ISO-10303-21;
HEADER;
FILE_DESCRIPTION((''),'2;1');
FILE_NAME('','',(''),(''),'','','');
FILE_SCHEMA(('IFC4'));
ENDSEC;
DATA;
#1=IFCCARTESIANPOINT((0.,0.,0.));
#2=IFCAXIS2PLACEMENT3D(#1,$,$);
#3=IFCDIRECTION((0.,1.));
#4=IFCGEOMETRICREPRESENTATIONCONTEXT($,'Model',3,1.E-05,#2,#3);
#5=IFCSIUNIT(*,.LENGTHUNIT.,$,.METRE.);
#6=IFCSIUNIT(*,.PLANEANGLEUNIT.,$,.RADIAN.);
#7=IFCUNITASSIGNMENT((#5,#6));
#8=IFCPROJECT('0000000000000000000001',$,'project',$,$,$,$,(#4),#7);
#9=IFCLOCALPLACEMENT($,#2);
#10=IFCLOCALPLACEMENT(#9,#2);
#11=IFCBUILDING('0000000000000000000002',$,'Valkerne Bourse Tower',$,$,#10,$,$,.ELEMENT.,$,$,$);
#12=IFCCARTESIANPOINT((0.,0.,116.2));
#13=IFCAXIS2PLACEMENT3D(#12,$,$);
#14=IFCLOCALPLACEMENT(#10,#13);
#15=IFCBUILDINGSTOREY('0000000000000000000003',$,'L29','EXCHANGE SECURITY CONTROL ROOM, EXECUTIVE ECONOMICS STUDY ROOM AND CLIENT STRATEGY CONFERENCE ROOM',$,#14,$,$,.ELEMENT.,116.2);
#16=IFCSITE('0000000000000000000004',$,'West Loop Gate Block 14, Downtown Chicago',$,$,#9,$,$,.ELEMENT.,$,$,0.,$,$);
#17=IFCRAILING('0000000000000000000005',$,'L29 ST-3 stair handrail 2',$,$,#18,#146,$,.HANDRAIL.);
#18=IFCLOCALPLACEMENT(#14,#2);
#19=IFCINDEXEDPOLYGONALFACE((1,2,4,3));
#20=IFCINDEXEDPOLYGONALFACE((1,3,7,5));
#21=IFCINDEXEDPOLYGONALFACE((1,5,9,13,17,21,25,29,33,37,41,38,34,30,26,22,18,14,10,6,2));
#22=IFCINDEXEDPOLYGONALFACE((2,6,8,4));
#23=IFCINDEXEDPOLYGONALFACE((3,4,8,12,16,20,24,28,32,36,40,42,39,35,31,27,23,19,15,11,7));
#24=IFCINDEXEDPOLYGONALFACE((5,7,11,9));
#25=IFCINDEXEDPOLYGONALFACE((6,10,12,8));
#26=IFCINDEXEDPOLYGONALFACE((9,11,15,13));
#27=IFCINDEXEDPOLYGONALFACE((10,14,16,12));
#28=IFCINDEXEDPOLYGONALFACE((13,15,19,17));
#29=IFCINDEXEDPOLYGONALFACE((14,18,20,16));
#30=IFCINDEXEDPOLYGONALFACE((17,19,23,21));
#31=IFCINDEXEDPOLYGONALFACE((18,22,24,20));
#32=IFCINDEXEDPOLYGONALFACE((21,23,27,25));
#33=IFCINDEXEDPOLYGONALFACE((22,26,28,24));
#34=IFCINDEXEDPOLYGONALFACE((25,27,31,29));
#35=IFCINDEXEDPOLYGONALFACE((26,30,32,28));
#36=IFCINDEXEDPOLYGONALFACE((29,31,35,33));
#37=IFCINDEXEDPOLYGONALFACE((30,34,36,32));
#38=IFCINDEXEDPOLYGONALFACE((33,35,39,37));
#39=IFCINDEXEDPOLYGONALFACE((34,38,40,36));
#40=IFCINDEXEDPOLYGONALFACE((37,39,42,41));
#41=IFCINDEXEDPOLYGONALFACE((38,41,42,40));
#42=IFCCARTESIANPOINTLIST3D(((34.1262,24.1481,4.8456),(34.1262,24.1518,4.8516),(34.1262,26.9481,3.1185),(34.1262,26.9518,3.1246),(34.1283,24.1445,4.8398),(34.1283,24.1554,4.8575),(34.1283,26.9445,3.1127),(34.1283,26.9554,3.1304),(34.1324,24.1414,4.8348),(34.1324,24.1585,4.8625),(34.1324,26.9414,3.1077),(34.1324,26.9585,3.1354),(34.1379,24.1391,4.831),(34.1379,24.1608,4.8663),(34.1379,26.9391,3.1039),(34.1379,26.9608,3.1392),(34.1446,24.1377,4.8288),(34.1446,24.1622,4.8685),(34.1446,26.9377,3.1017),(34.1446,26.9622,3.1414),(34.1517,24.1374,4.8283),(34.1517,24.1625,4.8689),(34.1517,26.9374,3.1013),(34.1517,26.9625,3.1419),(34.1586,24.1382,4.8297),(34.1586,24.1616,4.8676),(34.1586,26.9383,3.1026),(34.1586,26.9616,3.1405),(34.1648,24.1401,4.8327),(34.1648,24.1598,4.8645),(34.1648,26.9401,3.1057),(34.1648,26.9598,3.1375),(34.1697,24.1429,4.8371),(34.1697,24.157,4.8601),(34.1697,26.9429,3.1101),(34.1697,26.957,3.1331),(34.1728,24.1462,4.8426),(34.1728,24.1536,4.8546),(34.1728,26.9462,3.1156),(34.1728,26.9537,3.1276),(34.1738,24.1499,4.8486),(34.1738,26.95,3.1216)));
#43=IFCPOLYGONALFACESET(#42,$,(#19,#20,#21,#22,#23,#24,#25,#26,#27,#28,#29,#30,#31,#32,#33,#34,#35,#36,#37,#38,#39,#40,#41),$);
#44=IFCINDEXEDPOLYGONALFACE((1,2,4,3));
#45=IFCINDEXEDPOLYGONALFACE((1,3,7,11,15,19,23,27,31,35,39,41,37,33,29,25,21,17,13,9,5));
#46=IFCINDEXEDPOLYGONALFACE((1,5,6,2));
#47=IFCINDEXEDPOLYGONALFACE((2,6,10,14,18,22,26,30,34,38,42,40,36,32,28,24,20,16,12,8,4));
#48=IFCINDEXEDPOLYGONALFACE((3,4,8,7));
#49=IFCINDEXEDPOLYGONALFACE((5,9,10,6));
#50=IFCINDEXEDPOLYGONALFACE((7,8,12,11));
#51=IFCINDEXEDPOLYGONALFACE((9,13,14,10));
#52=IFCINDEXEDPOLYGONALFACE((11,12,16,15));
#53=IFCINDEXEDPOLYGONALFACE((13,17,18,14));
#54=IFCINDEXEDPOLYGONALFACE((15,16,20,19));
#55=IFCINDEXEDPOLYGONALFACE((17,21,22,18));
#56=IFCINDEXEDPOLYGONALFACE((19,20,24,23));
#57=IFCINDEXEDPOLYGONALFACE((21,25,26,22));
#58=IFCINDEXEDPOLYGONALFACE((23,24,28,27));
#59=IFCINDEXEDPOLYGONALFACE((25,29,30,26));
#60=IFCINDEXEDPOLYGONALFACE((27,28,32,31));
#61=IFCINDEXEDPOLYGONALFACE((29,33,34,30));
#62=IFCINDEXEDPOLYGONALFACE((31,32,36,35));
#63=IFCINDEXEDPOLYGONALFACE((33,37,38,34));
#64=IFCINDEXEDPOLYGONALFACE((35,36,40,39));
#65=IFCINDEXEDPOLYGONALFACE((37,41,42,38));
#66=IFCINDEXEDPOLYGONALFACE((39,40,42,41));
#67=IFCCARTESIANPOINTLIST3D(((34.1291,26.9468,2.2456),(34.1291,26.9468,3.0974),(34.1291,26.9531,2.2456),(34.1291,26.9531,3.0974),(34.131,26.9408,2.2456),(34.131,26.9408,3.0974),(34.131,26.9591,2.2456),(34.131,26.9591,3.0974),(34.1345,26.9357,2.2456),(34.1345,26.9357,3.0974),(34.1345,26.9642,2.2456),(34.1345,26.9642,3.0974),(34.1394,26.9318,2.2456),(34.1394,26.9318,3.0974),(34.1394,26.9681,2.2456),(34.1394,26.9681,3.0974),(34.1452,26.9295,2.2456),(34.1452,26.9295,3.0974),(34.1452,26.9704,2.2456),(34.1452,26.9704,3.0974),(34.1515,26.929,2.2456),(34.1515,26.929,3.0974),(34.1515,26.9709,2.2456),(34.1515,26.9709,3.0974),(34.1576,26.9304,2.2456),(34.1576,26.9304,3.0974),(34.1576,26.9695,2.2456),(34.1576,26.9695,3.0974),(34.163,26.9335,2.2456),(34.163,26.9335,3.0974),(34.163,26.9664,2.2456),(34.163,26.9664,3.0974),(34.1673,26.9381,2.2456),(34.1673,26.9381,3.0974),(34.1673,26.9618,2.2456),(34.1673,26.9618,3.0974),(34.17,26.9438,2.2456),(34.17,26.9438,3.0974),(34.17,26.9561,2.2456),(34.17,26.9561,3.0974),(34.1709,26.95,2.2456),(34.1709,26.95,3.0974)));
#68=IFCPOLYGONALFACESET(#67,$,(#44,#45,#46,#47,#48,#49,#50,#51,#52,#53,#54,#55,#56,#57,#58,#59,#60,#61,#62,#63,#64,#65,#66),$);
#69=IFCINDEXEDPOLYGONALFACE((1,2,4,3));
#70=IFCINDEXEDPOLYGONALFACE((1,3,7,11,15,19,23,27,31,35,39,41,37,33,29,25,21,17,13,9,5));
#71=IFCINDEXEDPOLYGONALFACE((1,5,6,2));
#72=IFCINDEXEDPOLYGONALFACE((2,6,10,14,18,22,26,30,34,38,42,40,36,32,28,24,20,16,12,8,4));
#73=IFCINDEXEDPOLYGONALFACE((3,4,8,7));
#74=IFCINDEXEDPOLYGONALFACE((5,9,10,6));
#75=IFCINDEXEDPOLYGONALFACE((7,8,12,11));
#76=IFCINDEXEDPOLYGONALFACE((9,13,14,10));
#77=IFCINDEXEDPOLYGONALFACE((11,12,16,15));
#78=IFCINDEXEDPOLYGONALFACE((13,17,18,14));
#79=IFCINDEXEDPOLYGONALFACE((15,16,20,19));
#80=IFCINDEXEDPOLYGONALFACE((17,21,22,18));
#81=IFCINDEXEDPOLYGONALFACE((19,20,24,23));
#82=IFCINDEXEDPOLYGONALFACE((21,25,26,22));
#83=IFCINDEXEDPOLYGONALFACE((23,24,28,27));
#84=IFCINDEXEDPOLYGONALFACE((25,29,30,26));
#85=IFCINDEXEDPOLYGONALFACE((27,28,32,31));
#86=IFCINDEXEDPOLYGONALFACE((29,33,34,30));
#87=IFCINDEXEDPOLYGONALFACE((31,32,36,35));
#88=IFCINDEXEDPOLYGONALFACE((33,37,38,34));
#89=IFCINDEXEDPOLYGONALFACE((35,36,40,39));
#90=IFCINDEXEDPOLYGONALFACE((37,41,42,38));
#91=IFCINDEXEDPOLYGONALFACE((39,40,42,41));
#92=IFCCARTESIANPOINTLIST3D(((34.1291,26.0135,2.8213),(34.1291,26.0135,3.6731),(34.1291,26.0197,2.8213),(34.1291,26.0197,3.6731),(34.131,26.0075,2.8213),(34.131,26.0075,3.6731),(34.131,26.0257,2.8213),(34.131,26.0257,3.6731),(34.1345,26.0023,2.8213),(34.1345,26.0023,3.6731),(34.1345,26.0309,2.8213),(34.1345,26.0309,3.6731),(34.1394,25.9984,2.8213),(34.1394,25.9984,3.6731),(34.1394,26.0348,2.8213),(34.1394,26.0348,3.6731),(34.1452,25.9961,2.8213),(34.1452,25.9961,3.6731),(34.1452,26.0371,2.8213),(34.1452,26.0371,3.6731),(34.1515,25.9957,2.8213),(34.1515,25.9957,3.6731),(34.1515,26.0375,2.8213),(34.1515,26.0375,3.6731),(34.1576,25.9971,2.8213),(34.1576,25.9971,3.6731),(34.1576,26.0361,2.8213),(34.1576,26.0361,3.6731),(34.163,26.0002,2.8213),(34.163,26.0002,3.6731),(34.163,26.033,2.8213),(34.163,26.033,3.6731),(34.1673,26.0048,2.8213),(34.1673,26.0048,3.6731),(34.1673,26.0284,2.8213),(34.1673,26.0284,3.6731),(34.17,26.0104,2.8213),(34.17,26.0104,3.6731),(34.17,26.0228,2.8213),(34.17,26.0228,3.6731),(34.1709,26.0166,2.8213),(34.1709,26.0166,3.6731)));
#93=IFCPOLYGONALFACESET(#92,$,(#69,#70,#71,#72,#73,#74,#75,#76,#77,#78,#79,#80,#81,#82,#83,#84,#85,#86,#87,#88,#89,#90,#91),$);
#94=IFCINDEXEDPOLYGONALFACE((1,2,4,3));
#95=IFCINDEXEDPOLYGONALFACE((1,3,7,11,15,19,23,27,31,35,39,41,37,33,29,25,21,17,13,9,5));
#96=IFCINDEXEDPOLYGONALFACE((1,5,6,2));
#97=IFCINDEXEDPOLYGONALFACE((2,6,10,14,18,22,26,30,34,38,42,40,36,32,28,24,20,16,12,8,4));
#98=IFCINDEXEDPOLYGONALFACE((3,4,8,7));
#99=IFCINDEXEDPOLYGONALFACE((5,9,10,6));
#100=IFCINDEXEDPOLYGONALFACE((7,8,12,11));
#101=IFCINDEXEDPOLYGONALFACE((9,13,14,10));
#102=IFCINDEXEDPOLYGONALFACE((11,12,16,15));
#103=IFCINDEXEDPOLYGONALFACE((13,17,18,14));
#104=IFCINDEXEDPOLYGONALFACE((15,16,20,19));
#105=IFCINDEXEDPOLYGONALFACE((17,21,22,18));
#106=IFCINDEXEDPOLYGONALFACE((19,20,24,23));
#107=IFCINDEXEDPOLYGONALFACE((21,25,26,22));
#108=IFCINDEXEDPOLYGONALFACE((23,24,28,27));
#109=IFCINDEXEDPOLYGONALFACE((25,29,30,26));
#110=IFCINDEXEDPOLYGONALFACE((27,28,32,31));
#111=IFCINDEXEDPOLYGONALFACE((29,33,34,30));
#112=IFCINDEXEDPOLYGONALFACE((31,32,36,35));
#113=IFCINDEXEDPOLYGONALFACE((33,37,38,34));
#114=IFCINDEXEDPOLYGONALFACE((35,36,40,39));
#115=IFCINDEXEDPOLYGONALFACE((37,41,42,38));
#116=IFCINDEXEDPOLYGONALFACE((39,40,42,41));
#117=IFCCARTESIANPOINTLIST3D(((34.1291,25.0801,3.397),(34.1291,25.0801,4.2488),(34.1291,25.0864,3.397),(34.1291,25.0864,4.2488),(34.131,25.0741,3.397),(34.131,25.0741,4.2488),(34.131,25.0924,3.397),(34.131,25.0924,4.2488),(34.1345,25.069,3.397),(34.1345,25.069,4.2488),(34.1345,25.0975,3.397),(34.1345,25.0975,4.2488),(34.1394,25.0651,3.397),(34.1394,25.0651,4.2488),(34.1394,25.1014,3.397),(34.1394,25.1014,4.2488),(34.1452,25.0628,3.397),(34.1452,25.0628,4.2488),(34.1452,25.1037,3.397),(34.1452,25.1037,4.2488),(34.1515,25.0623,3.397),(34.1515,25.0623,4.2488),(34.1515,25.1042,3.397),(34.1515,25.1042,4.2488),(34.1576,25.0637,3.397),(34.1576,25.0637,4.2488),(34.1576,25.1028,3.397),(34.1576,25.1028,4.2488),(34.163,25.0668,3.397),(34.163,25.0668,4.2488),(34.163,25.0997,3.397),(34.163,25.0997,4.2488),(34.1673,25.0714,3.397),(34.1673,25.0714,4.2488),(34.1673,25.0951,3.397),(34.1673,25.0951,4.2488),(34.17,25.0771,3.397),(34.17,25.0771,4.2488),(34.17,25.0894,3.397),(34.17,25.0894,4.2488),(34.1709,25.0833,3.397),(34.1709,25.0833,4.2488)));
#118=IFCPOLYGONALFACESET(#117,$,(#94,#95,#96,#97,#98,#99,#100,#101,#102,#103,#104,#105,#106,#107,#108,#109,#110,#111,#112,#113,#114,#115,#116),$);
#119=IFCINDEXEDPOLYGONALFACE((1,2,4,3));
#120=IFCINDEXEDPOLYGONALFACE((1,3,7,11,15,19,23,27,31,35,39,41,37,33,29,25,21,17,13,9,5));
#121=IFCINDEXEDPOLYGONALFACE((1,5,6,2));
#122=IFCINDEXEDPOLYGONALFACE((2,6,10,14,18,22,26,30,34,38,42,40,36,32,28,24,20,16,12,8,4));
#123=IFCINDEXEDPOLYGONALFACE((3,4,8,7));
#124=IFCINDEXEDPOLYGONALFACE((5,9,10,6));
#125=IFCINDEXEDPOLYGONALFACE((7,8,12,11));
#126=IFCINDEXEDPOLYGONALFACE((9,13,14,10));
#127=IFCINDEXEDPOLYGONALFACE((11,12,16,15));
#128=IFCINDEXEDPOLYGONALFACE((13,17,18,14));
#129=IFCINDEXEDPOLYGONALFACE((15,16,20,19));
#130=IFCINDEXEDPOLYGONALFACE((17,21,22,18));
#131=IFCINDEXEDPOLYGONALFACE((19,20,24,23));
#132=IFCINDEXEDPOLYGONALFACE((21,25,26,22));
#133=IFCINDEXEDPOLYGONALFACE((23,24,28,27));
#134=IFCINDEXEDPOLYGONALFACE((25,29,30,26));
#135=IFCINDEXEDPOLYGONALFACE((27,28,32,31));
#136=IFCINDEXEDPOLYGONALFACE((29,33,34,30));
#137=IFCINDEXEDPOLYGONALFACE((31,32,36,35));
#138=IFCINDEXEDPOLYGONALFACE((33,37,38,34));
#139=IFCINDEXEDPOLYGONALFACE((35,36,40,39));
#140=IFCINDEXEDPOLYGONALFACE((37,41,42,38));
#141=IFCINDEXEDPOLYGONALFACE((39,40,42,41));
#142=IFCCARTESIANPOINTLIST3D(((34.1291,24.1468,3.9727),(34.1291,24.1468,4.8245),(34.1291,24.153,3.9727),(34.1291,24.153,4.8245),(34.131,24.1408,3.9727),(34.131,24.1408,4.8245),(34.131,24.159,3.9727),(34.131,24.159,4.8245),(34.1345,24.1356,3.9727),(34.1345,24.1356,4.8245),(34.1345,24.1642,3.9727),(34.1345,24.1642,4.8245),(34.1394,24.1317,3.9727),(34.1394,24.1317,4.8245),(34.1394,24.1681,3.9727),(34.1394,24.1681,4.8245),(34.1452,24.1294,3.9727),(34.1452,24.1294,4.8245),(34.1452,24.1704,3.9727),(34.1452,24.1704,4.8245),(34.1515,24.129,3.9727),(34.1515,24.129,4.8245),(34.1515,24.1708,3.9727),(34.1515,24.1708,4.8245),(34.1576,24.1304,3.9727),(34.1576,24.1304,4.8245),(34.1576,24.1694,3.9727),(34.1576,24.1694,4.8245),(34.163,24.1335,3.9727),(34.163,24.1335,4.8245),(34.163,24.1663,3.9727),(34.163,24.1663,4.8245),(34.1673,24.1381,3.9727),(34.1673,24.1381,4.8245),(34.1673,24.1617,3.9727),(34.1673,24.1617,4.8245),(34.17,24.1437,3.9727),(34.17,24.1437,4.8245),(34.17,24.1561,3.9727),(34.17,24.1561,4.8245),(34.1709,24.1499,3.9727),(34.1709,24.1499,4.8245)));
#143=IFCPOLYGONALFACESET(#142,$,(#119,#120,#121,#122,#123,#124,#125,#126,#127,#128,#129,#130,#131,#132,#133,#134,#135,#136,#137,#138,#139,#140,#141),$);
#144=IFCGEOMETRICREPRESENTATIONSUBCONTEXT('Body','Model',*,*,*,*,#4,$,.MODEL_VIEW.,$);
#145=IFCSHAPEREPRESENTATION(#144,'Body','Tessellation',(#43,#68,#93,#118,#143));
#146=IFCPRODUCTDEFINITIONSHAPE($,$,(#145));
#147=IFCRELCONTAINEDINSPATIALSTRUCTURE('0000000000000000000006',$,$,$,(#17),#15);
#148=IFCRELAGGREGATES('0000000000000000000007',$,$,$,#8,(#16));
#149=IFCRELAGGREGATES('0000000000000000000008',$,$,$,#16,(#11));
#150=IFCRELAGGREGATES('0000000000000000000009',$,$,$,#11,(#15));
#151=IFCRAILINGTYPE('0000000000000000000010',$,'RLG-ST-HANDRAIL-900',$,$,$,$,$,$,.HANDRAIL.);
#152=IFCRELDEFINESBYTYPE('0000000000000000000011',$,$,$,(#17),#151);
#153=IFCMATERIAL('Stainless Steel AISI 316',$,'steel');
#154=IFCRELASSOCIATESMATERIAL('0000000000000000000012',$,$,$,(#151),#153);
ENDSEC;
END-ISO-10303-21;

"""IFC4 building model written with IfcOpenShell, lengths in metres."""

from ifc_helpers import new_model, si_unit, direction, frame, origin, origin_2d, place, context, subcontext, project, spatial, circle, extrude, material, type_object, element, save


model = new_model("IFC4")

# Units and contexts
model_context = context("Model", 3, precision=1e-05, world=origin(), true_north=direction((0.0, 1.0)))
body_context = subcontext(model_context, "Body", "Model", "MODEL_VIEW")
ifc_project = project(units=[si_unit("LENGTHUNIT", "METRE"), si_unit("PLANEANGLEUNIT", "RADIAN")], contexts=[model_context])

# Site, building, storey
site_placement = place(None, origin())
site = spatial("IfcSite", under=ifc_project, at=site_placement, Name="West Loop Gate Block 14, Downtown Chicago", CompositionType="ELEMENT", RefElevation=0.0)
building_placement = place(site_placement, origin())
building = spatial("IfcBuilding", under=site, at=building_placement, Name="Valkerne Bourse Tower", CompositionType="ELEMENT")
storey_placement = place(building_placement, frame((0.0, 0.0, 116.2)))
storey = spatial("IfcBuildingStorey", under=building, at=storey_placement, Name="L29", Description="EXCHANGE SECURITY CONTROL ROOM, EXECUTIVE ECONOMICS STUDY ROOM AND CLIENT STRATEGY CONFERENCE ROOM", CompositionType="ELEMENT", Elevation=116.2)

# Railing
ifc_material_1 = material(Name="Stainless Steel AISI 316", Category="steel")
railing_type_1 = type_object("IfcRailingType", Name="RLG-ST-HANDRAIL-900", PredefinedType="HANDRAIL", material=ifc_material_1)
railing_1_placement = place(storey_placement, frame((34.1499, 26.95, 2.2456)))
element("IfcRailing", 1, at=railing_1_placement, inside=storey, type_object=railing_type_1, Name="L29 ST-3 stair handrail 2", PredefinedType="HANDRAIL", context=body_context, shape_type="SweptSolid", body=[
    extrude(circle(Radius=0.0239, at=origin_2d()), frame((0.0, 0.0, 0.876), z_axis=(0.0, -0.851123, 0.524967), x_axis=(1.0, 0.0, 0.0)), (0.0, 0.0, 1.0), 3.2898),
    extrude(circle(Radius=0.021, at=origin_2d()), origin(), (0.0, 0.0, 1.0), 0.8518),
    extrude(circle(Radius=0.021, at=origin_2d()), frame((0.0, -0.9333, 0.5757)), (0.0, 0.0, 1.0), 0.8518),
    extrude(circle(Radius=0.021, at=origin_2d()), frame((0.0, -1.8667, 1.1514)), (0.0, 0.0, 1.0), 0.8518),
    extrude(circle(Radius=0.021, at=origin_2d()), frame((0.0, -2.8, 1.7271)), (0.0, 0.0, 1.0), 0.8518),
])

save(model, "model.ifc")
